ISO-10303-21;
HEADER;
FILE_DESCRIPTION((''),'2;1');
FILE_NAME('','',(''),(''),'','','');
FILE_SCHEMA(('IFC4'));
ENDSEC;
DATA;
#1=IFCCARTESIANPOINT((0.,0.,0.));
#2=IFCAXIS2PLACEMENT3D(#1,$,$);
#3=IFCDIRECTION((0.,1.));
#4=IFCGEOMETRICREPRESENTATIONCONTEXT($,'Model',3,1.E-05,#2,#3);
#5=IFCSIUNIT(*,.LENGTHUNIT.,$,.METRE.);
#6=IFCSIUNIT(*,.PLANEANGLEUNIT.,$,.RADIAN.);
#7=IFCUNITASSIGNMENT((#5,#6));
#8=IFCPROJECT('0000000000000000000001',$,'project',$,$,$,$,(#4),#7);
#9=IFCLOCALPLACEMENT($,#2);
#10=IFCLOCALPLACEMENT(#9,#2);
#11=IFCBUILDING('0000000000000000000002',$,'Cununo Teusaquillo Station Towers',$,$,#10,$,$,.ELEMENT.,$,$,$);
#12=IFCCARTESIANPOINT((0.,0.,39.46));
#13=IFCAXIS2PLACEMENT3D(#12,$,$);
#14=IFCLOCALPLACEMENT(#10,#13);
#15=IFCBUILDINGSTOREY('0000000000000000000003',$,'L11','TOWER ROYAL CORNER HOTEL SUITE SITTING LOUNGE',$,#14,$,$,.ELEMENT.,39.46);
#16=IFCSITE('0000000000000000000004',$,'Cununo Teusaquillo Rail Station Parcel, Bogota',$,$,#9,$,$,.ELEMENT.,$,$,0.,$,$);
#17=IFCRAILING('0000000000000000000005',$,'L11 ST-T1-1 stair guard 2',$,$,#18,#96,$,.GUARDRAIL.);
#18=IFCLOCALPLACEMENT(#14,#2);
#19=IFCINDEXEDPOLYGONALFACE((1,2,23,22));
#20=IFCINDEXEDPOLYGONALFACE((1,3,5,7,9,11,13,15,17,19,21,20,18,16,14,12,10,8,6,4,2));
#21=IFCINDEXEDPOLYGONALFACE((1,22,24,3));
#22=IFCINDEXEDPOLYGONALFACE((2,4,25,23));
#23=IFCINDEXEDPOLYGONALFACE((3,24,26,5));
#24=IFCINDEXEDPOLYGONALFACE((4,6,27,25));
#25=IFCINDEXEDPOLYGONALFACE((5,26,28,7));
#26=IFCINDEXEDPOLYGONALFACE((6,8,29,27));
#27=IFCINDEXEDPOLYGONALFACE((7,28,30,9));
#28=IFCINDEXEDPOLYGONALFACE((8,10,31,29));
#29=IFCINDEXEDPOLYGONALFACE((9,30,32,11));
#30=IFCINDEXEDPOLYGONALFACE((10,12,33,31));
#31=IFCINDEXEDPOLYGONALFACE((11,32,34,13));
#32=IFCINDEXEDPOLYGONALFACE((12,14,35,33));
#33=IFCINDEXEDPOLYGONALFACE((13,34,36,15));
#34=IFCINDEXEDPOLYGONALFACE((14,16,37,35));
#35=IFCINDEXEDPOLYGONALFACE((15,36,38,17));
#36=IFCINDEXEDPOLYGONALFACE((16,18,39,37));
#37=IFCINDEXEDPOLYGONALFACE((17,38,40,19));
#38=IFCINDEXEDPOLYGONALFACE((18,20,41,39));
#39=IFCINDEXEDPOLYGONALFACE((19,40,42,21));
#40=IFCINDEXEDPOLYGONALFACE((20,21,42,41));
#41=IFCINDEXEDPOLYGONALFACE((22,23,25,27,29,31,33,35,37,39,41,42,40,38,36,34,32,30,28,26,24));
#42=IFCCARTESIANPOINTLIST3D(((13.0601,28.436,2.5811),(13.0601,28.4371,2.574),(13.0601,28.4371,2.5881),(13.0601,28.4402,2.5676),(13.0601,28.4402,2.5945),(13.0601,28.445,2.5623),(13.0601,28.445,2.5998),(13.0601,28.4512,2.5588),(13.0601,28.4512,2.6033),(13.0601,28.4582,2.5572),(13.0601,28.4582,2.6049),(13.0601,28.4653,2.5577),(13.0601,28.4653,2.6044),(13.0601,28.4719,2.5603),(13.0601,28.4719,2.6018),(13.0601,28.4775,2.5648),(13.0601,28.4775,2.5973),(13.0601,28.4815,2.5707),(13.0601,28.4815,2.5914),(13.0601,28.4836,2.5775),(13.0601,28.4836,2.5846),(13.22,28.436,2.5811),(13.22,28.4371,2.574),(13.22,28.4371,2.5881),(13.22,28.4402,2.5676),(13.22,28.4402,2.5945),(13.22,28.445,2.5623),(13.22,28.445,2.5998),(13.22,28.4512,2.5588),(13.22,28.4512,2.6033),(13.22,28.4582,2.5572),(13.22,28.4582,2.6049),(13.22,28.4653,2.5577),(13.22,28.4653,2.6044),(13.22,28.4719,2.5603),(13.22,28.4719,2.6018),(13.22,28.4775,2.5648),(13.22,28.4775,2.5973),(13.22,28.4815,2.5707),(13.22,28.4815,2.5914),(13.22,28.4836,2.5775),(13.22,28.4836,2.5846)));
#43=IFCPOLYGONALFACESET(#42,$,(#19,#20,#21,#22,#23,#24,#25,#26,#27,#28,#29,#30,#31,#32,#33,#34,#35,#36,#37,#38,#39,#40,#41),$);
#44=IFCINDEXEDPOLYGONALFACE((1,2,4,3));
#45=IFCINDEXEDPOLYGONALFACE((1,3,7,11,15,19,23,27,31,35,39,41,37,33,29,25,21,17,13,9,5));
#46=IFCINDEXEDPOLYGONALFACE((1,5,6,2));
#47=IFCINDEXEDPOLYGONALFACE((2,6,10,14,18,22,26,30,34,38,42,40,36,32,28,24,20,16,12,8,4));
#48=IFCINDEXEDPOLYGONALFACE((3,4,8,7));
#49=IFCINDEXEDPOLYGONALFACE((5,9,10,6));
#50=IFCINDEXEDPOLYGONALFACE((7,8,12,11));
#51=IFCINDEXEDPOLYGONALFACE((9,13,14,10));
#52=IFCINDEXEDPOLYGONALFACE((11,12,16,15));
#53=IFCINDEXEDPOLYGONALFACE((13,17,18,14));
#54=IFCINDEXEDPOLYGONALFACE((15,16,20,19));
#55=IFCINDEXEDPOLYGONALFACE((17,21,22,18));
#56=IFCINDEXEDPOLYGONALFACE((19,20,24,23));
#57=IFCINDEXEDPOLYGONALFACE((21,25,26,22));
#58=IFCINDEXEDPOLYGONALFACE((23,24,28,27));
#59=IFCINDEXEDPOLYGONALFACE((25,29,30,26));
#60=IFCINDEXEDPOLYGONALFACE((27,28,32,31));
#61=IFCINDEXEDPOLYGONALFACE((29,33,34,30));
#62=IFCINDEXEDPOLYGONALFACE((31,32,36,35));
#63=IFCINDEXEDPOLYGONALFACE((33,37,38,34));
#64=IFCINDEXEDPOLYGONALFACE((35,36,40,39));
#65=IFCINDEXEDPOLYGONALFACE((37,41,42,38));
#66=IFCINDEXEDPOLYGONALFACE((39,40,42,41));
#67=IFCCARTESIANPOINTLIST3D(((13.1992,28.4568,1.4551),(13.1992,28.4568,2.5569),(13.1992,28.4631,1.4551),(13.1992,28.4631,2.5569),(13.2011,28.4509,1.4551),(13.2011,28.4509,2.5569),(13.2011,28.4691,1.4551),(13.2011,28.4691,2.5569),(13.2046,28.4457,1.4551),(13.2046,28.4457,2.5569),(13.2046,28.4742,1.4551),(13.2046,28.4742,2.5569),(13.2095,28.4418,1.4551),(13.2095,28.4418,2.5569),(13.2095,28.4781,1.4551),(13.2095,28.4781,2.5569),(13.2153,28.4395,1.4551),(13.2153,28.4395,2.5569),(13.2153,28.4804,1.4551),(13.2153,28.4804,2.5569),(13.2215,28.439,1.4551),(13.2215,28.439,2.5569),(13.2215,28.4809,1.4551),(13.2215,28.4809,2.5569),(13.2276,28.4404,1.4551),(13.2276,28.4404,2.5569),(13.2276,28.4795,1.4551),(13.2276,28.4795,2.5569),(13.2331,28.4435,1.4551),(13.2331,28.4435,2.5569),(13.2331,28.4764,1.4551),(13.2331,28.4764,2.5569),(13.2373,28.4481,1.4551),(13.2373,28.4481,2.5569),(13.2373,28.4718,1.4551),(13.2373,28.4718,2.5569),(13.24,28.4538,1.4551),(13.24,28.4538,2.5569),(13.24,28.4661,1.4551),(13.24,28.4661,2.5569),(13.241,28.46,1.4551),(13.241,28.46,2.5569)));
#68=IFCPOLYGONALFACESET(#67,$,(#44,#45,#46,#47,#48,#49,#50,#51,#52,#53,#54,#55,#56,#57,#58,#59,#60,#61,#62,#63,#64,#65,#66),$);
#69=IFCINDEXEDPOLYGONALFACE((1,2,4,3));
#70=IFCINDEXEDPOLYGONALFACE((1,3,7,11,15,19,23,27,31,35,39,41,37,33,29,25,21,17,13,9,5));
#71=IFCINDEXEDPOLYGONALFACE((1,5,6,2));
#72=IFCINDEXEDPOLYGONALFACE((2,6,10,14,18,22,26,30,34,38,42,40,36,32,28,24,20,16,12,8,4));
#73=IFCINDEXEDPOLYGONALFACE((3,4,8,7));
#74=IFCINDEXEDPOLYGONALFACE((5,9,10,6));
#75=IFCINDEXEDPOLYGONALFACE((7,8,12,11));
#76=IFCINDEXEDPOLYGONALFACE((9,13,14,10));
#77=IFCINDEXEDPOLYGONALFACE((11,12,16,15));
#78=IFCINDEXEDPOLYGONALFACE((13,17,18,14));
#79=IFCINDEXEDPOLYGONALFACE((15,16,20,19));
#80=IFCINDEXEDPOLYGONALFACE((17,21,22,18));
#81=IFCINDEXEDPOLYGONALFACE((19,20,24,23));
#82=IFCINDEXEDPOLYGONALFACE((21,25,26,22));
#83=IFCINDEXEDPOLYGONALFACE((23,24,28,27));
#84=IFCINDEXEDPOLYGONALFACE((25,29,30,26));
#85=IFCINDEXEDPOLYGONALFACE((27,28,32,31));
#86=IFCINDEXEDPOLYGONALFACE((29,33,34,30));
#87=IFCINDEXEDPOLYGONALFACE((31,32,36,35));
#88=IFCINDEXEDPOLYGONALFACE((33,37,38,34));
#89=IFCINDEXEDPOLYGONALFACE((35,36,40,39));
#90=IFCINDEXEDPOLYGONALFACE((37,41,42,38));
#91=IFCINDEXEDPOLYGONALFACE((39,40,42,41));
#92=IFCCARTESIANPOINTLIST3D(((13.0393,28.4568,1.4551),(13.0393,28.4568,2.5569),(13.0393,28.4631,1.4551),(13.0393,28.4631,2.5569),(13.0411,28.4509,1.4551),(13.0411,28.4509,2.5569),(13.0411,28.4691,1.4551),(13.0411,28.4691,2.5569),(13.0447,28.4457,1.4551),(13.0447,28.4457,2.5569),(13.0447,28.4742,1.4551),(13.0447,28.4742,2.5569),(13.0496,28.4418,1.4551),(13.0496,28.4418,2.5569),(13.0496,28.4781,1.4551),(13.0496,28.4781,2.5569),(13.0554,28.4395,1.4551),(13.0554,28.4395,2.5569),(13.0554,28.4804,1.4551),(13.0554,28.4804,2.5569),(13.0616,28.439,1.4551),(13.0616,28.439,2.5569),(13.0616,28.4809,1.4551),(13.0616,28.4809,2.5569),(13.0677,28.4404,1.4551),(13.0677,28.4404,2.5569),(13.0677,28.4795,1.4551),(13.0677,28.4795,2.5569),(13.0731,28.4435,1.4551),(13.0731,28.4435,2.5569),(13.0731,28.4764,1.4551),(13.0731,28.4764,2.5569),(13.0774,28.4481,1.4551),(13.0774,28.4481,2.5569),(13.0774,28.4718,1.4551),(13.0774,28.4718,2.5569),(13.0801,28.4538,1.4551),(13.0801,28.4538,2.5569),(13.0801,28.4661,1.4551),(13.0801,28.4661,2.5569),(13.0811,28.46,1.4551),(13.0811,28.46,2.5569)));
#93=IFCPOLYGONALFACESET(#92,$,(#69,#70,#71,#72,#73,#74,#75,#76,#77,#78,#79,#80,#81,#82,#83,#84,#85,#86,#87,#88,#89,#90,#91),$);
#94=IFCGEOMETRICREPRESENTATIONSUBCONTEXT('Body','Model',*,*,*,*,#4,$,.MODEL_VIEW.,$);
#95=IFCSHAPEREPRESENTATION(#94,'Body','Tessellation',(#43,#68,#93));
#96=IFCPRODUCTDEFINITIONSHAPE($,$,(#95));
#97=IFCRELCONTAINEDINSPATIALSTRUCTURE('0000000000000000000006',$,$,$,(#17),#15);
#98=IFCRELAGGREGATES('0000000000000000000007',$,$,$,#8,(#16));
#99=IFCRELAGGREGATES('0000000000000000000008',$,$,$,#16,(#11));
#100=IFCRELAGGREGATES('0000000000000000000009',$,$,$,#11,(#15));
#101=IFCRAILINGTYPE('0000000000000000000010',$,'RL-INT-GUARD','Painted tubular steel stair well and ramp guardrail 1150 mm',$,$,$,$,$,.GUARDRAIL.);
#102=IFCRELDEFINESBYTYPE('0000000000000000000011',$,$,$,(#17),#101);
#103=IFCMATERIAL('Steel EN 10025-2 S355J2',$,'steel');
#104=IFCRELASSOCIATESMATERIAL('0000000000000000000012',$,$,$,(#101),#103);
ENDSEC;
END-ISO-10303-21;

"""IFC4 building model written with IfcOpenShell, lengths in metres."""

from ifc_helpers import new_model, si_unit, direction, frame, origin, origin_2d, place, context, subcontext, project, spatial, circle, extrude, material, type_object, element, save


model = new_model("IFC4")

# Units and contexts
model_context = context("Model", 3, precision=1e-05, world=origin(), true_north=direction((0.0, 1.0)))
body_context = subcontext(model_context, "Body", "Model", "MODEL_VIEW")
ifc_project = project(units=[si_unit("LENGTHUNIT", "METRE"), si_unit("PLANEANGLEUNIT", "RADIAN")], contexts=[model_context])

# Site, building, storey
site_placement = place(None, origin())
site = spatial("IfcSite", under=ifc_project, at=site_placement, Name="Cununo Teusaquillo Rail Station Parcel, Bogota", CompositionType="ELEMENT", RefElevation=0.0)
building_placement = place(site_placement, origin())
building = spatial("IfcBuilding", under=site, at=building_placement, Name="Cununo Teusaquillo Station Towers", CompositionType="ELEMENT")
storey_placement = place(building_placement, frame((0.0, 0.0, 39.46)))
storey = spatial("IfcBuildingStorey", under=building, at=storey_placement, Name="L11", Description="TOWER ROYAL CORNER HOTEL SUITE SITTING LOUNGE", CompositionType="ELEMENT", Elevation=39.46)

# Railing
ifc_material_1 = material(Name="Steel EN 10025-2 S355J2", Category="steel")
railing_type_1 = type_object("IfcRailingType", Name="RL-INT-GUARD", Description="Painted tubular steel stair well and ramp guardrail 1150 mm", PredefinedType="GUARDRAIL", material=ifc_material_1)
railing_1_placement = place(storey_placement, frame((13.22, 28.46, 1.4551)))
element("IfcRailing", 1, at=railing_1_placement, inside=storey, type_object=railing_type_1, Name="L11 ST-T1-1 stair guard 2", PredefinedType="GUARDRAIL", context=body_context, shape_type="SweptSolid", body=[
    extrude(circle(Radius=0.0239, at=origin_2d()), frame((0.0, 0.0, 1.126), z_axis=(-1.0, 0.0, 0.0), x_axis=(0.0, -1.0, 0.0)), (0.0, 0.0, 1.0), 0.1599),
    extrude(circle(Radius=0.021, at=origin_2d()), origin(), (0.0, 0.0, 1.0), 1.1018),
    extrude(circle(Radius=0.021, at=origin_2d()), frame((-0.1599, 0.0, 0.0)), (0.0, 0.0, 1.0), 1.1018),
])

save(model, "model.ifc")
